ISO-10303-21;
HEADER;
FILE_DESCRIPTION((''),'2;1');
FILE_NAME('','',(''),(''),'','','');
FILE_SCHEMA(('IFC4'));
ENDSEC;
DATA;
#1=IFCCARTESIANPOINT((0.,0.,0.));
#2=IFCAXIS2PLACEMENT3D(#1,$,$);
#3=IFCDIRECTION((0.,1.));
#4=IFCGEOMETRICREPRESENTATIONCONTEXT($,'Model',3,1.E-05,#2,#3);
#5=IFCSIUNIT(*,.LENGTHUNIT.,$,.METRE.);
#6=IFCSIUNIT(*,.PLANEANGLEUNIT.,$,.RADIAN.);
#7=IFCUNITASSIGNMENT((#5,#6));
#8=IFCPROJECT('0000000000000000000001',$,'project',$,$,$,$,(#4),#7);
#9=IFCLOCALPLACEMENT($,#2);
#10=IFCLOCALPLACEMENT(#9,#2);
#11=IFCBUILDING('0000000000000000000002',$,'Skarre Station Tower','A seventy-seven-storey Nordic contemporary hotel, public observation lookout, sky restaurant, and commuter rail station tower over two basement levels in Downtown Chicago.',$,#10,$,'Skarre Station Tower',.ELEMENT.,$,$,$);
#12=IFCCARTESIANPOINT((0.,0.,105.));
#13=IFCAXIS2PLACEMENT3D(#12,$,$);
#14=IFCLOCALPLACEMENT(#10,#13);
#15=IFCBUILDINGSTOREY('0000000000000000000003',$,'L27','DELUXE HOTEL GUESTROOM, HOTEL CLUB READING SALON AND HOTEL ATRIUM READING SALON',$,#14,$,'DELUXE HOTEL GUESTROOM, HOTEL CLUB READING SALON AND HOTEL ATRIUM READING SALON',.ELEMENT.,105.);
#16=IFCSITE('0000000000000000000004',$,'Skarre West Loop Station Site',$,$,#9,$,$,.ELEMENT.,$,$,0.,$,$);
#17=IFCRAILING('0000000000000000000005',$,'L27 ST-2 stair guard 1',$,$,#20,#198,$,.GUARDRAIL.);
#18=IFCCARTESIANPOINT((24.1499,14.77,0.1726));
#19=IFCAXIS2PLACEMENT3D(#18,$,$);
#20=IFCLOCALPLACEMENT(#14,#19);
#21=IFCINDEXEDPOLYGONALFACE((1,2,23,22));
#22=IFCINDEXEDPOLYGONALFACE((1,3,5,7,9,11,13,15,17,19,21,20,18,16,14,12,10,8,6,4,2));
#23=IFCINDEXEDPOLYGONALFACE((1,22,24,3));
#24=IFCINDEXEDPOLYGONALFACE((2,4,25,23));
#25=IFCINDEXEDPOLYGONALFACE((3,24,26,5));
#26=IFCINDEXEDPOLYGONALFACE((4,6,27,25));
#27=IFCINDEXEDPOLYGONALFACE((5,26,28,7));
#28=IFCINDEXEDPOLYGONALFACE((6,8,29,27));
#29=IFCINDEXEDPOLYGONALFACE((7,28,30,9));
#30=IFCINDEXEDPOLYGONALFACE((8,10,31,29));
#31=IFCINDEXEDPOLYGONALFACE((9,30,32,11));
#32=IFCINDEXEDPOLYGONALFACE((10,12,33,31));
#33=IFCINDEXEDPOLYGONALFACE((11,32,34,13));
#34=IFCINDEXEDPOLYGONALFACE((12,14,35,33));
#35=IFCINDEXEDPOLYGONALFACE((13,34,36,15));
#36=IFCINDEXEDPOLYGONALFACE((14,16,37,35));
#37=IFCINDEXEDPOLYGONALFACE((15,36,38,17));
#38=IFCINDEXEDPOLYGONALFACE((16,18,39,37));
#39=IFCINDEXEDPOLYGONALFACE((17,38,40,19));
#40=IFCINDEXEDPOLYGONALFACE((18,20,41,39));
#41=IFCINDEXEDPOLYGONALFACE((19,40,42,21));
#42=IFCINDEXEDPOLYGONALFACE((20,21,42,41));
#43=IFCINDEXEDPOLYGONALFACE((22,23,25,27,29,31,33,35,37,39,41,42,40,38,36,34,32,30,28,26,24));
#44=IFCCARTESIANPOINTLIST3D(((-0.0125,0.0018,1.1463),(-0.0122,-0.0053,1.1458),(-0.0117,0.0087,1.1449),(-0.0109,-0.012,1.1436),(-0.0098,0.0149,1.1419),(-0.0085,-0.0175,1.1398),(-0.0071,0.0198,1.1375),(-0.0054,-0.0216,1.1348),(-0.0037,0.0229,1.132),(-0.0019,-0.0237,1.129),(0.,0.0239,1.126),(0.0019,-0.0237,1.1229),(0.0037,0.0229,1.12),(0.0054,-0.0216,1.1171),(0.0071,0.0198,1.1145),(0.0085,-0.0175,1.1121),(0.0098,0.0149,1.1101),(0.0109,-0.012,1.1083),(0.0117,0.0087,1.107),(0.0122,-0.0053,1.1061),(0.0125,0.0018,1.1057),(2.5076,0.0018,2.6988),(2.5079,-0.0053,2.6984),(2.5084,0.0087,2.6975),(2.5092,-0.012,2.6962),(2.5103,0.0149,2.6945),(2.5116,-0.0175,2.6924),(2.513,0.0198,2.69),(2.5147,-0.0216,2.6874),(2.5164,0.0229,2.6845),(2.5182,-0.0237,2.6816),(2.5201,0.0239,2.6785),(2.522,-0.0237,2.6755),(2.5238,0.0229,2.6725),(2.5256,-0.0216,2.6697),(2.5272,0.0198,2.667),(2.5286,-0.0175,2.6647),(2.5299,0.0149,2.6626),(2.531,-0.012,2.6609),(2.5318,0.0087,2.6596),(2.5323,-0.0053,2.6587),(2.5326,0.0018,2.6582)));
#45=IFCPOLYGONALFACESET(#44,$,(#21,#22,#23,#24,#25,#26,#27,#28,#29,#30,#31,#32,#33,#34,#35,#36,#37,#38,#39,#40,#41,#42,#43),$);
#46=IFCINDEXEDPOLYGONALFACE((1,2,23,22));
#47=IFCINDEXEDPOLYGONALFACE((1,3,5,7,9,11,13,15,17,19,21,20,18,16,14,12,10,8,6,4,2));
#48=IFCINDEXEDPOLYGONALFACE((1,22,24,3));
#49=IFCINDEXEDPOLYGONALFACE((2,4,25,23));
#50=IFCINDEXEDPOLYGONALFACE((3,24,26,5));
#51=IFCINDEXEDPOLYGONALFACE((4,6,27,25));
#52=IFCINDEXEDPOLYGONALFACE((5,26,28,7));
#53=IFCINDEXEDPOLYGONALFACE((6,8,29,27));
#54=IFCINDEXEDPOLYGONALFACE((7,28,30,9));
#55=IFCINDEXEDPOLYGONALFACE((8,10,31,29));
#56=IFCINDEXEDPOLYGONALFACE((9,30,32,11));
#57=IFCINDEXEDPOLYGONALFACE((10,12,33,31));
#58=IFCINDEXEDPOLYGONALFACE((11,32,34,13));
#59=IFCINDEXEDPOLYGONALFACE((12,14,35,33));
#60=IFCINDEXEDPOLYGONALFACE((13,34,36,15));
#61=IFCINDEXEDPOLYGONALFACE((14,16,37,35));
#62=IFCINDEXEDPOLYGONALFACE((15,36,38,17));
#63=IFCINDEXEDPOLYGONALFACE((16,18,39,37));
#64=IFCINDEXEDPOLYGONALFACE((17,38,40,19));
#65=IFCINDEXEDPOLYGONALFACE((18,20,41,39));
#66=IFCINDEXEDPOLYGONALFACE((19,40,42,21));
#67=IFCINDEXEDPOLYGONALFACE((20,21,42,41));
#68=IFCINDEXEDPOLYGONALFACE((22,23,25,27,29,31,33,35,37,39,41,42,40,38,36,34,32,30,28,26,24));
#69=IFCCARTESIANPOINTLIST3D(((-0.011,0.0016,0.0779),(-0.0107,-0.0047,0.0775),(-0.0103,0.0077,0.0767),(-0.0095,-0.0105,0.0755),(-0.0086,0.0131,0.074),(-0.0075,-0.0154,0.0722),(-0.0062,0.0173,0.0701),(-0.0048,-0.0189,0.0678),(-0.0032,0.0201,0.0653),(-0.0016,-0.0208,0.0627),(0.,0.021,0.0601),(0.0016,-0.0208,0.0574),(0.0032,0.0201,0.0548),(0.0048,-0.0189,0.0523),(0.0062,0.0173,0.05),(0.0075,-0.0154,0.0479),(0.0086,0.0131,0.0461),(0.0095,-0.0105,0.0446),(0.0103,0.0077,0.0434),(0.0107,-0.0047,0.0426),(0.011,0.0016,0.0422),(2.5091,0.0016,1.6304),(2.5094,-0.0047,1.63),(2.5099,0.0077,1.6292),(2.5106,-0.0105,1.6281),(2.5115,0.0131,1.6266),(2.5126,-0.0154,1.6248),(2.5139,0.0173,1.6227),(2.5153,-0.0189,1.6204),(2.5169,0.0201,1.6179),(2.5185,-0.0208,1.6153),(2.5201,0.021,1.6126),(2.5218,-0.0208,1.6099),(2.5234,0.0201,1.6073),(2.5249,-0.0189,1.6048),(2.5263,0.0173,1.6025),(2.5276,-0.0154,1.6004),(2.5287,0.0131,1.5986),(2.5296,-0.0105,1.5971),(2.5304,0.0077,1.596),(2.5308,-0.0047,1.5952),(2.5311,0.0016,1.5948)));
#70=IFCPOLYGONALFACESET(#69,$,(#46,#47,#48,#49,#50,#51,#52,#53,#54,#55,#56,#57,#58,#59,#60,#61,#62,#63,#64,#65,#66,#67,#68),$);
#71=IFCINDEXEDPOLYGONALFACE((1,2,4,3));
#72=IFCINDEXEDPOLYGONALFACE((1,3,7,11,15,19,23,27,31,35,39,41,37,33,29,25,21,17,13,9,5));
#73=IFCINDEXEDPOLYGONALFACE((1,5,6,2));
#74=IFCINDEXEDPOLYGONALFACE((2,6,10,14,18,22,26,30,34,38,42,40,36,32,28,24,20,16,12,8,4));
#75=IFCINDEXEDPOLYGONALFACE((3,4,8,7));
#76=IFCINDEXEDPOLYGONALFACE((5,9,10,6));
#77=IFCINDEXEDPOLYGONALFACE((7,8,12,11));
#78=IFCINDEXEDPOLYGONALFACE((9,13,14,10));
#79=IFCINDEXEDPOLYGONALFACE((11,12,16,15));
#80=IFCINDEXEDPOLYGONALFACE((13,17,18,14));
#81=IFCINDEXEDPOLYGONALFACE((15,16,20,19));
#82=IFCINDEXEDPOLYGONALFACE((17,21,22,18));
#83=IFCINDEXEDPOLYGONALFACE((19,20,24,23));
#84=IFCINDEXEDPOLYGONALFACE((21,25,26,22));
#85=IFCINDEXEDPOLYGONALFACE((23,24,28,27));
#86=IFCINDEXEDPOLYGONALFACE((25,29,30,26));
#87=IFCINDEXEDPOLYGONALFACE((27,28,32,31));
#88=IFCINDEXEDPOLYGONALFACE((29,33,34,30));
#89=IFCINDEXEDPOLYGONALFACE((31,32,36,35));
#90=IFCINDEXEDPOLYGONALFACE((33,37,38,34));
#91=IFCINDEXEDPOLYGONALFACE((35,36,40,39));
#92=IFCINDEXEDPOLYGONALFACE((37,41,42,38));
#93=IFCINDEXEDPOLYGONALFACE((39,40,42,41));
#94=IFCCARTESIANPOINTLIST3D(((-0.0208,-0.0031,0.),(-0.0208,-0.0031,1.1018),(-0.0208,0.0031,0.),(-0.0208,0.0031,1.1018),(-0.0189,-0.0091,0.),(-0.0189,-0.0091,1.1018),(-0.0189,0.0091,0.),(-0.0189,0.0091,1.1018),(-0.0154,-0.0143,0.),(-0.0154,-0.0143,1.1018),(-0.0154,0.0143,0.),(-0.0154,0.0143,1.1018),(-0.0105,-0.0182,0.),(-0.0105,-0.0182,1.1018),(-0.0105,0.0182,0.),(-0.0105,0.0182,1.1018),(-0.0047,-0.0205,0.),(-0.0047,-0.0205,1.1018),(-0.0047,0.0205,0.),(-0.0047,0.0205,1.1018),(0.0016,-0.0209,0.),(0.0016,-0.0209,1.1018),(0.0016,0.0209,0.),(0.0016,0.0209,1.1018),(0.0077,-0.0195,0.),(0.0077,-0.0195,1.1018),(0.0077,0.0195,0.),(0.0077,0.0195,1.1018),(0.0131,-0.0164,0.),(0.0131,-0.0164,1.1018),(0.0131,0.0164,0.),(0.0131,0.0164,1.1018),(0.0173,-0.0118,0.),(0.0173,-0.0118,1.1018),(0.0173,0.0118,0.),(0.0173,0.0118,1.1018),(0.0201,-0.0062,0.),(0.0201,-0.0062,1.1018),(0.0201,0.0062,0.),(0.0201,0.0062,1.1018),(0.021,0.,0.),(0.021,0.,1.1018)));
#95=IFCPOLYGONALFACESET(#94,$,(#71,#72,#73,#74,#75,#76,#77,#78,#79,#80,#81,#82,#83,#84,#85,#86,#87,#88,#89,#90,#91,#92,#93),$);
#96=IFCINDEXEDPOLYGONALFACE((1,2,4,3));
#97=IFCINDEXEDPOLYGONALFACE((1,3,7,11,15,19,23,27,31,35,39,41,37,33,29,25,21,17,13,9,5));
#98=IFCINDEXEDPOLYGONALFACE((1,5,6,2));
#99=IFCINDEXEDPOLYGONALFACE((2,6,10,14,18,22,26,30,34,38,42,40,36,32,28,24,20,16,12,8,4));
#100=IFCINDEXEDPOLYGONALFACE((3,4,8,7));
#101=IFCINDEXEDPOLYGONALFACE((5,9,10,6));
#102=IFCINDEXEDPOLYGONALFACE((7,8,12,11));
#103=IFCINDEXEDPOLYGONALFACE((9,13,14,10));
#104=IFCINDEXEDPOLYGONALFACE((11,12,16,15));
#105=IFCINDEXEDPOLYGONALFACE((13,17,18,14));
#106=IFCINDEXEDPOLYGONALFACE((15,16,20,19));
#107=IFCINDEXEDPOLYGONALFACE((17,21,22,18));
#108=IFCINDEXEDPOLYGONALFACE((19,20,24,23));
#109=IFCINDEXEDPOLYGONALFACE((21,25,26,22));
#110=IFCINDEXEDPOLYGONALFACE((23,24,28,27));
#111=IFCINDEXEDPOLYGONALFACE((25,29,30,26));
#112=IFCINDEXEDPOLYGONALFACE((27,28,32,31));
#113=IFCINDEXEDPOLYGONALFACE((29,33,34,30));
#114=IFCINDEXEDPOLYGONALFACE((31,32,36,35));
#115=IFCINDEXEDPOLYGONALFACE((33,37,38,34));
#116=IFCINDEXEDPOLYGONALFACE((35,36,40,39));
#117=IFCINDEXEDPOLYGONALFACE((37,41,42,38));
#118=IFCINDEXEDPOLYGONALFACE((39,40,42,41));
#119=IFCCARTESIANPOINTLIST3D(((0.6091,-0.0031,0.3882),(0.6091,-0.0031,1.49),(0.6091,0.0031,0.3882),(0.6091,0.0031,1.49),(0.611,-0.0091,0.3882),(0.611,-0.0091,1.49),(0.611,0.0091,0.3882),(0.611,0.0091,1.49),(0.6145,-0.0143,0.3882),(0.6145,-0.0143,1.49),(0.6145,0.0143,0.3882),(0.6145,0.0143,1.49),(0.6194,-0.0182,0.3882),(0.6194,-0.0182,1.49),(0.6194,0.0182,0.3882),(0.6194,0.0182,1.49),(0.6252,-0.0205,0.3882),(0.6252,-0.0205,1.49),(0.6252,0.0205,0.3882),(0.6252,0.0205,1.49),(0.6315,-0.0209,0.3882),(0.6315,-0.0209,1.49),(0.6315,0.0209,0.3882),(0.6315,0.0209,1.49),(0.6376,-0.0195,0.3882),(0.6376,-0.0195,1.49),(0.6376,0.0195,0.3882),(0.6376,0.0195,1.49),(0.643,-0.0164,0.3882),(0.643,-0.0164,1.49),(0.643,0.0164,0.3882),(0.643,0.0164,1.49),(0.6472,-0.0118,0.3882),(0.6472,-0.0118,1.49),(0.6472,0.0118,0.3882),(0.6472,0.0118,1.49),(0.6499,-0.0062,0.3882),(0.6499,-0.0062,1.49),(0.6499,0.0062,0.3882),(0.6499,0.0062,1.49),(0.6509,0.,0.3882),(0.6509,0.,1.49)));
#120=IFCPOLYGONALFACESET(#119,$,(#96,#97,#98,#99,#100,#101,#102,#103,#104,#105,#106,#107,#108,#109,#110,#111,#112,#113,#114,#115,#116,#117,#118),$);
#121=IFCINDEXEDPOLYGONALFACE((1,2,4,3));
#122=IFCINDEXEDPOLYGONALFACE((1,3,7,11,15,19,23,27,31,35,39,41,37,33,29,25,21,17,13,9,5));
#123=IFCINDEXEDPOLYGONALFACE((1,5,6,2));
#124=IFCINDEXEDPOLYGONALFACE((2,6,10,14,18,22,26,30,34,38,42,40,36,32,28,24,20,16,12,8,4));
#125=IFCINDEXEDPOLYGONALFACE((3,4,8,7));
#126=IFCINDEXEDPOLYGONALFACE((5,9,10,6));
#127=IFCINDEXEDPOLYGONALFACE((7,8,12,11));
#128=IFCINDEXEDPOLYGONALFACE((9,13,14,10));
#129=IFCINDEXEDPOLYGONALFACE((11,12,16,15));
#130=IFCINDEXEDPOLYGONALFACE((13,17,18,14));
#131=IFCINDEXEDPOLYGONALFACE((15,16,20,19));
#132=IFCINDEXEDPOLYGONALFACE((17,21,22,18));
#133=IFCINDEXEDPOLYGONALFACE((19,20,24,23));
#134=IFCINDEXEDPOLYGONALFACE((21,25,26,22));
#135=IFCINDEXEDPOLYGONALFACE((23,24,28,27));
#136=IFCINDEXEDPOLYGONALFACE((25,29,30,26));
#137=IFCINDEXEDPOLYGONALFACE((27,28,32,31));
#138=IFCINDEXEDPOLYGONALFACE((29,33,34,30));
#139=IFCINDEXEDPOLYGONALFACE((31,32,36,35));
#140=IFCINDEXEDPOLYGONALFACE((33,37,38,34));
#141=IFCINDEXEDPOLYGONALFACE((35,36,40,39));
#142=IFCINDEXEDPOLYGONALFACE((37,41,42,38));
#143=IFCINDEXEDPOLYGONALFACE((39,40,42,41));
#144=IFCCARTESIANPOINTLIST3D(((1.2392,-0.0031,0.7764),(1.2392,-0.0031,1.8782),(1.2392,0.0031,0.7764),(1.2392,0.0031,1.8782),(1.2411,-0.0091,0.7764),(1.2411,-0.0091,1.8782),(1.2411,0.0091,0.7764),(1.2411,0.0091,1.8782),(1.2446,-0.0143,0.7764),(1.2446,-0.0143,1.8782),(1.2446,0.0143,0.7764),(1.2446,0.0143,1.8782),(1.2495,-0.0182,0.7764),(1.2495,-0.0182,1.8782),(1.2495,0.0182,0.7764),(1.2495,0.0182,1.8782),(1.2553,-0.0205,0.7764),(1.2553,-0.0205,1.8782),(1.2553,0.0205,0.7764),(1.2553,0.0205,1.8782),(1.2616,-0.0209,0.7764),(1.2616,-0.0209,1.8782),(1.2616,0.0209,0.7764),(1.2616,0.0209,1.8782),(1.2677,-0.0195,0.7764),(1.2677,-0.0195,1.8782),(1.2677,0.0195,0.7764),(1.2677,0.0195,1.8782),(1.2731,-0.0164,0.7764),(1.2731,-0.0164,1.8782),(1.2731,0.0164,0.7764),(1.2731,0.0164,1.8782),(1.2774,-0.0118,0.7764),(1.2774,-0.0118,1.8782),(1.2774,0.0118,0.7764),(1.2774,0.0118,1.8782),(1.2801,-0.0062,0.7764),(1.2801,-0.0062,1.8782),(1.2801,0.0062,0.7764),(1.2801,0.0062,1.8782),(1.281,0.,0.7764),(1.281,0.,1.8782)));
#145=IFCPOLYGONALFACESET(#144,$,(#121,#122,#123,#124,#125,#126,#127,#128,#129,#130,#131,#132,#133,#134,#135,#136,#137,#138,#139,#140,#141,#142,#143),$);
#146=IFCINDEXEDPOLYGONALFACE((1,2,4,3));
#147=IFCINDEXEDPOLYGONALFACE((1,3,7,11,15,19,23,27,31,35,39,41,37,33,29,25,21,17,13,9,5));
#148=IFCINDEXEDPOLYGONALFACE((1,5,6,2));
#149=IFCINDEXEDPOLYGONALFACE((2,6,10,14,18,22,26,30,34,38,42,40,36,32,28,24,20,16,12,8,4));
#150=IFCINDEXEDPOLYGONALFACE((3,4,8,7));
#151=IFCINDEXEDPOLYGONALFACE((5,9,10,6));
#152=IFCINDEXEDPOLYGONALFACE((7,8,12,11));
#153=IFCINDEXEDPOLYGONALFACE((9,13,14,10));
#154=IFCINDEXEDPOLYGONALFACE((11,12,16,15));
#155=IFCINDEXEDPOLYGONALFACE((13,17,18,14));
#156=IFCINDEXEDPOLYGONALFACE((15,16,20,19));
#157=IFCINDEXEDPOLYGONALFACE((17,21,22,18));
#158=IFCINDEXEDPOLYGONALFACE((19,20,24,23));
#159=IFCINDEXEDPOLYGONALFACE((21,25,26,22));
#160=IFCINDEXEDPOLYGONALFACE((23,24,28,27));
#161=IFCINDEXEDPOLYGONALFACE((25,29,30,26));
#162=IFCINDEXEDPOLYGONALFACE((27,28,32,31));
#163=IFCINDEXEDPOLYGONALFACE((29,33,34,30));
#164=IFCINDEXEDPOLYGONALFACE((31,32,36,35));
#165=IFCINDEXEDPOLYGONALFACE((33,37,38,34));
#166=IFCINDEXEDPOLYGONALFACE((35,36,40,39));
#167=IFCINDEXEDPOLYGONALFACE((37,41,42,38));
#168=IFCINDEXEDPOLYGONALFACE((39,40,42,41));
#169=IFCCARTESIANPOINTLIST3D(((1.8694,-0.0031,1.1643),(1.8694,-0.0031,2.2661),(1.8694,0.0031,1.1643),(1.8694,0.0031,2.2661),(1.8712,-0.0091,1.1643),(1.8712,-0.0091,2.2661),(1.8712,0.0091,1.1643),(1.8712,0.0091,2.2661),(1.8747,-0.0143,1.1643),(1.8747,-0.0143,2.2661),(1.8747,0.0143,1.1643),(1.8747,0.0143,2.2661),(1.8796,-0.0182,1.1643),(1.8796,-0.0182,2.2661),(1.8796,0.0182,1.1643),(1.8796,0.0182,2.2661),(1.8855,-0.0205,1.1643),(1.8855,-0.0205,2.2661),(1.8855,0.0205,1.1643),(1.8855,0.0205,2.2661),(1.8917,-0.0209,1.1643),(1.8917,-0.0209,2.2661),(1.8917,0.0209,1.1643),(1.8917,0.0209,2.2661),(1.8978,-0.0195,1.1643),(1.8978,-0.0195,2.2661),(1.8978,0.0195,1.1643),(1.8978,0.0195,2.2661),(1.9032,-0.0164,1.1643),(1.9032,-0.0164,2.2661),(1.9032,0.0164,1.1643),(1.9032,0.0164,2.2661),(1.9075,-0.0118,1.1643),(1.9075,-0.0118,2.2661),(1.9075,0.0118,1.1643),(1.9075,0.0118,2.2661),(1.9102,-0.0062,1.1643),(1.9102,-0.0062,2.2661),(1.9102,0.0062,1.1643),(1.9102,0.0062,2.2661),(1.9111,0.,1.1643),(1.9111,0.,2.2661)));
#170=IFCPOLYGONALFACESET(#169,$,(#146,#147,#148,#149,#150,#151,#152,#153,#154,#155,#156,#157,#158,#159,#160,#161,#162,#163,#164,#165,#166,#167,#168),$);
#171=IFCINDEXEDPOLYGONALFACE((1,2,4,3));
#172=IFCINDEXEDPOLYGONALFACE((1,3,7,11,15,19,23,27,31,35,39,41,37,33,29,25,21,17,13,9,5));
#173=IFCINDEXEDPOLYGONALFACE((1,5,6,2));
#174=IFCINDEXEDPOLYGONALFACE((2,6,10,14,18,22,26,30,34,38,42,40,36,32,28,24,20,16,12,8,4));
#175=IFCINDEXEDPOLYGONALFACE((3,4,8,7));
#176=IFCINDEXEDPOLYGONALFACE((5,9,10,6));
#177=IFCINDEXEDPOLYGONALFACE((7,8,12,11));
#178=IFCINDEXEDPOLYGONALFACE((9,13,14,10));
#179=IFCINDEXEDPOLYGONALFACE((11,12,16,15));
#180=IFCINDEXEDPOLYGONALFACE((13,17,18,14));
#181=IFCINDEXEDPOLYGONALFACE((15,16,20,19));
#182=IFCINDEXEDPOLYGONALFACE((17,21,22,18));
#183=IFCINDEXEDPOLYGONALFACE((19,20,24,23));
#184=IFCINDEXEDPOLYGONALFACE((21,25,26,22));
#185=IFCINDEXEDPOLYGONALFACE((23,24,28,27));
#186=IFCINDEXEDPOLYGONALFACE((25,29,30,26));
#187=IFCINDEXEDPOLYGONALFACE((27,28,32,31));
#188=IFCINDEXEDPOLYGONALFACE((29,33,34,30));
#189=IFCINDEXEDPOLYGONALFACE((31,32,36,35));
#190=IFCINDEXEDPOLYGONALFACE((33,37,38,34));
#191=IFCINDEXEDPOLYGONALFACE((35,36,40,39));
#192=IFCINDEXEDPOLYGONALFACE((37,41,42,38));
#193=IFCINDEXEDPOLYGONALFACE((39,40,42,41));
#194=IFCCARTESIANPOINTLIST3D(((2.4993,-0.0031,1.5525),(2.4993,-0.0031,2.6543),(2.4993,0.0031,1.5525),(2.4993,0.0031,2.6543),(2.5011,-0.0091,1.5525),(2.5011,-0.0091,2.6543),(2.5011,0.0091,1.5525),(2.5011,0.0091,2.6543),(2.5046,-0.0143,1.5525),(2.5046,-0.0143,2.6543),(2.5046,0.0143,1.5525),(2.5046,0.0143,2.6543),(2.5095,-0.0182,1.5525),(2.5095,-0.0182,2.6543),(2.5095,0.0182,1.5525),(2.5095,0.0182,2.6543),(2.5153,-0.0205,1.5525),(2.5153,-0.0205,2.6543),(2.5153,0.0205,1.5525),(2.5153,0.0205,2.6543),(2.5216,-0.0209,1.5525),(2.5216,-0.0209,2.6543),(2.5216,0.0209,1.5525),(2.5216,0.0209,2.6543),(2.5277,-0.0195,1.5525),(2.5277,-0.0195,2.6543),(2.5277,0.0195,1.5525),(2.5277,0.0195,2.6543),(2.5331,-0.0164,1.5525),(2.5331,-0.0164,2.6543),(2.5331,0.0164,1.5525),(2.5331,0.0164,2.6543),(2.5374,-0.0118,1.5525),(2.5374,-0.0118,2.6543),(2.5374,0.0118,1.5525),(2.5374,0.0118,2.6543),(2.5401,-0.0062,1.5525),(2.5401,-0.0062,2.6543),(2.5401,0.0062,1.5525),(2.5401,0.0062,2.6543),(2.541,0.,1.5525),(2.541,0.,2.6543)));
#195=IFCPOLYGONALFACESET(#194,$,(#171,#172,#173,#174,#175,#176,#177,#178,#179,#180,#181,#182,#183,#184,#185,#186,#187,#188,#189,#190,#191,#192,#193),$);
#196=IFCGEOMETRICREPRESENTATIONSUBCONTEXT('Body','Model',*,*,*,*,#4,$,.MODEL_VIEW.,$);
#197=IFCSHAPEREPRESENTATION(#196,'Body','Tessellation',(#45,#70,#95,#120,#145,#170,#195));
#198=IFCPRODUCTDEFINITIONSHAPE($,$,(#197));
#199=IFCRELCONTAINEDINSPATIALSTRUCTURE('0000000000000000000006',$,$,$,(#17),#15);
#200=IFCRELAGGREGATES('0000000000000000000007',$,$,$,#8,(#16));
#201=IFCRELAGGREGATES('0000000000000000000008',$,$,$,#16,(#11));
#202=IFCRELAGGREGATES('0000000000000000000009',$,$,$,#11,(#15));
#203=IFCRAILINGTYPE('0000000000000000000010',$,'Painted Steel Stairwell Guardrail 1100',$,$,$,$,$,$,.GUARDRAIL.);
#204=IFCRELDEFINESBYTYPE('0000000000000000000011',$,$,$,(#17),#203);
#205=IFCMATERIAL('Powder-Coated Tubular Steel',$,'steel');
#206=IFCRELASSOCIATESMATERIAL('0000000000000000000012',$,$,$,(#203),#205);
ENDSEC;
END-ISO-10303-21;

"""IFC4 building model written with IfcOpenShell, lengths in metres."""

from ifc_helpers import new_model, si_unit, direction, frame, origin, origin_2d, place, context, subcontext, project, spatial, circle, extrude, material, type_object, element, save


model = new_model("IFC4")

# Units and contexts
model_context = context("Model", 3, precision=1e-05, world=origin(), true_north=direction((0.0, 1.0)))
body_context = subcontext(model_context, "Body", "Model", "MODEL_VIEW")
ifc_project = project(units=[si_unit("LENGTHUNIT", "METRE"), si_unit("PLANEANGLEUNIT", "RADIAN")], contexts=[model_context])

# Site, building, storey
site_placement = place(None, origin())
site = spatial("IfcSite", under=ifc_project, at=site_placement, Name="Skarre West Loop Station Site", CompositionType="ELEMENT", RefElevation=0.0)
building_placement = place(site_placement, origin())
building = spatial("IfcBuilding", under=site, at=building_placement, Name="Skarre Station Tower", Description="A seventy-seven-storey Nordic contemporary hotel, public observation lookout, sky restaurant, and commuter rail station tower over two basement levels in Downtown Chicago.", LongName="Skarre Station Tower", CompositionType="ELEMENT")
storey_placement = place(building_placement, frame((0.0, 0.0, 105.0)))
storey = spatial("IfcBuildingStorey", under=building, at=storey_placement, Name="L27", Description="DELUXE HOTEL GUESTROOM, HOTEL CLUB READING SALON AND HOTEL ATRIUM READING SALON", LongName="DELUXE HOTEL GUESTROOM, HOTEL CLUB READING SALON AND HOTEL ATRIUM READING SALON", CompositionType="ELEMENT", Elevation=105.0)

# Railing
ifc_material_1 = material(Name="Powder-Coated Tubular Steel", Category="steel")
railing_type_1 = type_object("IfcRailingType", Name="Painted Steel Stairwell Guardrail 1100", PredefinedType="GUARDRAIL", material=ifc_material_1)
railing_1_placement = place(storey_placement, frame((24.1499, 14.77, 0.1726)))
element("IfcRailing", 1, at=railing_1_placement, inside=storey, type_object=railing_type_1, Name="L27 ST-2 stair guard 1", PredefinedType="GUARDRAIL", context=body_context, shape_type="SweptSolid", body=[
    extrude(circle(Radius=0.0239, at=origin_2d()), frame((0.0, 0.0, 1.126), z_axis=(0.8514, 0.0, 0.524516), x_axis=(0.0, 1.0, 0.0)), (0.0, 0.0, 1.0), 2.96),
    extrude(circle(Radius=0.021, at=origin_2d()), frame((0.0, 0.0, 0.0601), z_axis=(0.8514, 0.0, 0.524516), x_axis=(0.0, 1.0, 0.0)), (0.0, 0.0, 1.0), 2.96),
    extrude(circle(Radius=0.021, at=origin_2d()), origin(), (0.0, 0.0, 1.0), 1.1018),
    extrude(circle(Radius=0.021, at=origin_2d()), frame((0.6299, 0.0, 0.3882)), (0.0, 0.0, 1.0), 1.1018),
    extrude(circle(Radius=0.021, at=origin_2d()), frame((1.26, 0.0, 0.7764)), (0.0, 0.0, 1.0), 1.1018),
    extrude(circle(Radius=0.021, at=origin_2d()), frame((1.8901, 0.0, 1.1643)), (0.0, 0.0, 1.0), 1.1018),
    extrude(circle(Radius=0.021, at=origin_2d()), frame((2.52, 0.0, 1.5525)), (0.0, 0.0, 1.0), 1.1018),
])

save(model, "model.ifc")
